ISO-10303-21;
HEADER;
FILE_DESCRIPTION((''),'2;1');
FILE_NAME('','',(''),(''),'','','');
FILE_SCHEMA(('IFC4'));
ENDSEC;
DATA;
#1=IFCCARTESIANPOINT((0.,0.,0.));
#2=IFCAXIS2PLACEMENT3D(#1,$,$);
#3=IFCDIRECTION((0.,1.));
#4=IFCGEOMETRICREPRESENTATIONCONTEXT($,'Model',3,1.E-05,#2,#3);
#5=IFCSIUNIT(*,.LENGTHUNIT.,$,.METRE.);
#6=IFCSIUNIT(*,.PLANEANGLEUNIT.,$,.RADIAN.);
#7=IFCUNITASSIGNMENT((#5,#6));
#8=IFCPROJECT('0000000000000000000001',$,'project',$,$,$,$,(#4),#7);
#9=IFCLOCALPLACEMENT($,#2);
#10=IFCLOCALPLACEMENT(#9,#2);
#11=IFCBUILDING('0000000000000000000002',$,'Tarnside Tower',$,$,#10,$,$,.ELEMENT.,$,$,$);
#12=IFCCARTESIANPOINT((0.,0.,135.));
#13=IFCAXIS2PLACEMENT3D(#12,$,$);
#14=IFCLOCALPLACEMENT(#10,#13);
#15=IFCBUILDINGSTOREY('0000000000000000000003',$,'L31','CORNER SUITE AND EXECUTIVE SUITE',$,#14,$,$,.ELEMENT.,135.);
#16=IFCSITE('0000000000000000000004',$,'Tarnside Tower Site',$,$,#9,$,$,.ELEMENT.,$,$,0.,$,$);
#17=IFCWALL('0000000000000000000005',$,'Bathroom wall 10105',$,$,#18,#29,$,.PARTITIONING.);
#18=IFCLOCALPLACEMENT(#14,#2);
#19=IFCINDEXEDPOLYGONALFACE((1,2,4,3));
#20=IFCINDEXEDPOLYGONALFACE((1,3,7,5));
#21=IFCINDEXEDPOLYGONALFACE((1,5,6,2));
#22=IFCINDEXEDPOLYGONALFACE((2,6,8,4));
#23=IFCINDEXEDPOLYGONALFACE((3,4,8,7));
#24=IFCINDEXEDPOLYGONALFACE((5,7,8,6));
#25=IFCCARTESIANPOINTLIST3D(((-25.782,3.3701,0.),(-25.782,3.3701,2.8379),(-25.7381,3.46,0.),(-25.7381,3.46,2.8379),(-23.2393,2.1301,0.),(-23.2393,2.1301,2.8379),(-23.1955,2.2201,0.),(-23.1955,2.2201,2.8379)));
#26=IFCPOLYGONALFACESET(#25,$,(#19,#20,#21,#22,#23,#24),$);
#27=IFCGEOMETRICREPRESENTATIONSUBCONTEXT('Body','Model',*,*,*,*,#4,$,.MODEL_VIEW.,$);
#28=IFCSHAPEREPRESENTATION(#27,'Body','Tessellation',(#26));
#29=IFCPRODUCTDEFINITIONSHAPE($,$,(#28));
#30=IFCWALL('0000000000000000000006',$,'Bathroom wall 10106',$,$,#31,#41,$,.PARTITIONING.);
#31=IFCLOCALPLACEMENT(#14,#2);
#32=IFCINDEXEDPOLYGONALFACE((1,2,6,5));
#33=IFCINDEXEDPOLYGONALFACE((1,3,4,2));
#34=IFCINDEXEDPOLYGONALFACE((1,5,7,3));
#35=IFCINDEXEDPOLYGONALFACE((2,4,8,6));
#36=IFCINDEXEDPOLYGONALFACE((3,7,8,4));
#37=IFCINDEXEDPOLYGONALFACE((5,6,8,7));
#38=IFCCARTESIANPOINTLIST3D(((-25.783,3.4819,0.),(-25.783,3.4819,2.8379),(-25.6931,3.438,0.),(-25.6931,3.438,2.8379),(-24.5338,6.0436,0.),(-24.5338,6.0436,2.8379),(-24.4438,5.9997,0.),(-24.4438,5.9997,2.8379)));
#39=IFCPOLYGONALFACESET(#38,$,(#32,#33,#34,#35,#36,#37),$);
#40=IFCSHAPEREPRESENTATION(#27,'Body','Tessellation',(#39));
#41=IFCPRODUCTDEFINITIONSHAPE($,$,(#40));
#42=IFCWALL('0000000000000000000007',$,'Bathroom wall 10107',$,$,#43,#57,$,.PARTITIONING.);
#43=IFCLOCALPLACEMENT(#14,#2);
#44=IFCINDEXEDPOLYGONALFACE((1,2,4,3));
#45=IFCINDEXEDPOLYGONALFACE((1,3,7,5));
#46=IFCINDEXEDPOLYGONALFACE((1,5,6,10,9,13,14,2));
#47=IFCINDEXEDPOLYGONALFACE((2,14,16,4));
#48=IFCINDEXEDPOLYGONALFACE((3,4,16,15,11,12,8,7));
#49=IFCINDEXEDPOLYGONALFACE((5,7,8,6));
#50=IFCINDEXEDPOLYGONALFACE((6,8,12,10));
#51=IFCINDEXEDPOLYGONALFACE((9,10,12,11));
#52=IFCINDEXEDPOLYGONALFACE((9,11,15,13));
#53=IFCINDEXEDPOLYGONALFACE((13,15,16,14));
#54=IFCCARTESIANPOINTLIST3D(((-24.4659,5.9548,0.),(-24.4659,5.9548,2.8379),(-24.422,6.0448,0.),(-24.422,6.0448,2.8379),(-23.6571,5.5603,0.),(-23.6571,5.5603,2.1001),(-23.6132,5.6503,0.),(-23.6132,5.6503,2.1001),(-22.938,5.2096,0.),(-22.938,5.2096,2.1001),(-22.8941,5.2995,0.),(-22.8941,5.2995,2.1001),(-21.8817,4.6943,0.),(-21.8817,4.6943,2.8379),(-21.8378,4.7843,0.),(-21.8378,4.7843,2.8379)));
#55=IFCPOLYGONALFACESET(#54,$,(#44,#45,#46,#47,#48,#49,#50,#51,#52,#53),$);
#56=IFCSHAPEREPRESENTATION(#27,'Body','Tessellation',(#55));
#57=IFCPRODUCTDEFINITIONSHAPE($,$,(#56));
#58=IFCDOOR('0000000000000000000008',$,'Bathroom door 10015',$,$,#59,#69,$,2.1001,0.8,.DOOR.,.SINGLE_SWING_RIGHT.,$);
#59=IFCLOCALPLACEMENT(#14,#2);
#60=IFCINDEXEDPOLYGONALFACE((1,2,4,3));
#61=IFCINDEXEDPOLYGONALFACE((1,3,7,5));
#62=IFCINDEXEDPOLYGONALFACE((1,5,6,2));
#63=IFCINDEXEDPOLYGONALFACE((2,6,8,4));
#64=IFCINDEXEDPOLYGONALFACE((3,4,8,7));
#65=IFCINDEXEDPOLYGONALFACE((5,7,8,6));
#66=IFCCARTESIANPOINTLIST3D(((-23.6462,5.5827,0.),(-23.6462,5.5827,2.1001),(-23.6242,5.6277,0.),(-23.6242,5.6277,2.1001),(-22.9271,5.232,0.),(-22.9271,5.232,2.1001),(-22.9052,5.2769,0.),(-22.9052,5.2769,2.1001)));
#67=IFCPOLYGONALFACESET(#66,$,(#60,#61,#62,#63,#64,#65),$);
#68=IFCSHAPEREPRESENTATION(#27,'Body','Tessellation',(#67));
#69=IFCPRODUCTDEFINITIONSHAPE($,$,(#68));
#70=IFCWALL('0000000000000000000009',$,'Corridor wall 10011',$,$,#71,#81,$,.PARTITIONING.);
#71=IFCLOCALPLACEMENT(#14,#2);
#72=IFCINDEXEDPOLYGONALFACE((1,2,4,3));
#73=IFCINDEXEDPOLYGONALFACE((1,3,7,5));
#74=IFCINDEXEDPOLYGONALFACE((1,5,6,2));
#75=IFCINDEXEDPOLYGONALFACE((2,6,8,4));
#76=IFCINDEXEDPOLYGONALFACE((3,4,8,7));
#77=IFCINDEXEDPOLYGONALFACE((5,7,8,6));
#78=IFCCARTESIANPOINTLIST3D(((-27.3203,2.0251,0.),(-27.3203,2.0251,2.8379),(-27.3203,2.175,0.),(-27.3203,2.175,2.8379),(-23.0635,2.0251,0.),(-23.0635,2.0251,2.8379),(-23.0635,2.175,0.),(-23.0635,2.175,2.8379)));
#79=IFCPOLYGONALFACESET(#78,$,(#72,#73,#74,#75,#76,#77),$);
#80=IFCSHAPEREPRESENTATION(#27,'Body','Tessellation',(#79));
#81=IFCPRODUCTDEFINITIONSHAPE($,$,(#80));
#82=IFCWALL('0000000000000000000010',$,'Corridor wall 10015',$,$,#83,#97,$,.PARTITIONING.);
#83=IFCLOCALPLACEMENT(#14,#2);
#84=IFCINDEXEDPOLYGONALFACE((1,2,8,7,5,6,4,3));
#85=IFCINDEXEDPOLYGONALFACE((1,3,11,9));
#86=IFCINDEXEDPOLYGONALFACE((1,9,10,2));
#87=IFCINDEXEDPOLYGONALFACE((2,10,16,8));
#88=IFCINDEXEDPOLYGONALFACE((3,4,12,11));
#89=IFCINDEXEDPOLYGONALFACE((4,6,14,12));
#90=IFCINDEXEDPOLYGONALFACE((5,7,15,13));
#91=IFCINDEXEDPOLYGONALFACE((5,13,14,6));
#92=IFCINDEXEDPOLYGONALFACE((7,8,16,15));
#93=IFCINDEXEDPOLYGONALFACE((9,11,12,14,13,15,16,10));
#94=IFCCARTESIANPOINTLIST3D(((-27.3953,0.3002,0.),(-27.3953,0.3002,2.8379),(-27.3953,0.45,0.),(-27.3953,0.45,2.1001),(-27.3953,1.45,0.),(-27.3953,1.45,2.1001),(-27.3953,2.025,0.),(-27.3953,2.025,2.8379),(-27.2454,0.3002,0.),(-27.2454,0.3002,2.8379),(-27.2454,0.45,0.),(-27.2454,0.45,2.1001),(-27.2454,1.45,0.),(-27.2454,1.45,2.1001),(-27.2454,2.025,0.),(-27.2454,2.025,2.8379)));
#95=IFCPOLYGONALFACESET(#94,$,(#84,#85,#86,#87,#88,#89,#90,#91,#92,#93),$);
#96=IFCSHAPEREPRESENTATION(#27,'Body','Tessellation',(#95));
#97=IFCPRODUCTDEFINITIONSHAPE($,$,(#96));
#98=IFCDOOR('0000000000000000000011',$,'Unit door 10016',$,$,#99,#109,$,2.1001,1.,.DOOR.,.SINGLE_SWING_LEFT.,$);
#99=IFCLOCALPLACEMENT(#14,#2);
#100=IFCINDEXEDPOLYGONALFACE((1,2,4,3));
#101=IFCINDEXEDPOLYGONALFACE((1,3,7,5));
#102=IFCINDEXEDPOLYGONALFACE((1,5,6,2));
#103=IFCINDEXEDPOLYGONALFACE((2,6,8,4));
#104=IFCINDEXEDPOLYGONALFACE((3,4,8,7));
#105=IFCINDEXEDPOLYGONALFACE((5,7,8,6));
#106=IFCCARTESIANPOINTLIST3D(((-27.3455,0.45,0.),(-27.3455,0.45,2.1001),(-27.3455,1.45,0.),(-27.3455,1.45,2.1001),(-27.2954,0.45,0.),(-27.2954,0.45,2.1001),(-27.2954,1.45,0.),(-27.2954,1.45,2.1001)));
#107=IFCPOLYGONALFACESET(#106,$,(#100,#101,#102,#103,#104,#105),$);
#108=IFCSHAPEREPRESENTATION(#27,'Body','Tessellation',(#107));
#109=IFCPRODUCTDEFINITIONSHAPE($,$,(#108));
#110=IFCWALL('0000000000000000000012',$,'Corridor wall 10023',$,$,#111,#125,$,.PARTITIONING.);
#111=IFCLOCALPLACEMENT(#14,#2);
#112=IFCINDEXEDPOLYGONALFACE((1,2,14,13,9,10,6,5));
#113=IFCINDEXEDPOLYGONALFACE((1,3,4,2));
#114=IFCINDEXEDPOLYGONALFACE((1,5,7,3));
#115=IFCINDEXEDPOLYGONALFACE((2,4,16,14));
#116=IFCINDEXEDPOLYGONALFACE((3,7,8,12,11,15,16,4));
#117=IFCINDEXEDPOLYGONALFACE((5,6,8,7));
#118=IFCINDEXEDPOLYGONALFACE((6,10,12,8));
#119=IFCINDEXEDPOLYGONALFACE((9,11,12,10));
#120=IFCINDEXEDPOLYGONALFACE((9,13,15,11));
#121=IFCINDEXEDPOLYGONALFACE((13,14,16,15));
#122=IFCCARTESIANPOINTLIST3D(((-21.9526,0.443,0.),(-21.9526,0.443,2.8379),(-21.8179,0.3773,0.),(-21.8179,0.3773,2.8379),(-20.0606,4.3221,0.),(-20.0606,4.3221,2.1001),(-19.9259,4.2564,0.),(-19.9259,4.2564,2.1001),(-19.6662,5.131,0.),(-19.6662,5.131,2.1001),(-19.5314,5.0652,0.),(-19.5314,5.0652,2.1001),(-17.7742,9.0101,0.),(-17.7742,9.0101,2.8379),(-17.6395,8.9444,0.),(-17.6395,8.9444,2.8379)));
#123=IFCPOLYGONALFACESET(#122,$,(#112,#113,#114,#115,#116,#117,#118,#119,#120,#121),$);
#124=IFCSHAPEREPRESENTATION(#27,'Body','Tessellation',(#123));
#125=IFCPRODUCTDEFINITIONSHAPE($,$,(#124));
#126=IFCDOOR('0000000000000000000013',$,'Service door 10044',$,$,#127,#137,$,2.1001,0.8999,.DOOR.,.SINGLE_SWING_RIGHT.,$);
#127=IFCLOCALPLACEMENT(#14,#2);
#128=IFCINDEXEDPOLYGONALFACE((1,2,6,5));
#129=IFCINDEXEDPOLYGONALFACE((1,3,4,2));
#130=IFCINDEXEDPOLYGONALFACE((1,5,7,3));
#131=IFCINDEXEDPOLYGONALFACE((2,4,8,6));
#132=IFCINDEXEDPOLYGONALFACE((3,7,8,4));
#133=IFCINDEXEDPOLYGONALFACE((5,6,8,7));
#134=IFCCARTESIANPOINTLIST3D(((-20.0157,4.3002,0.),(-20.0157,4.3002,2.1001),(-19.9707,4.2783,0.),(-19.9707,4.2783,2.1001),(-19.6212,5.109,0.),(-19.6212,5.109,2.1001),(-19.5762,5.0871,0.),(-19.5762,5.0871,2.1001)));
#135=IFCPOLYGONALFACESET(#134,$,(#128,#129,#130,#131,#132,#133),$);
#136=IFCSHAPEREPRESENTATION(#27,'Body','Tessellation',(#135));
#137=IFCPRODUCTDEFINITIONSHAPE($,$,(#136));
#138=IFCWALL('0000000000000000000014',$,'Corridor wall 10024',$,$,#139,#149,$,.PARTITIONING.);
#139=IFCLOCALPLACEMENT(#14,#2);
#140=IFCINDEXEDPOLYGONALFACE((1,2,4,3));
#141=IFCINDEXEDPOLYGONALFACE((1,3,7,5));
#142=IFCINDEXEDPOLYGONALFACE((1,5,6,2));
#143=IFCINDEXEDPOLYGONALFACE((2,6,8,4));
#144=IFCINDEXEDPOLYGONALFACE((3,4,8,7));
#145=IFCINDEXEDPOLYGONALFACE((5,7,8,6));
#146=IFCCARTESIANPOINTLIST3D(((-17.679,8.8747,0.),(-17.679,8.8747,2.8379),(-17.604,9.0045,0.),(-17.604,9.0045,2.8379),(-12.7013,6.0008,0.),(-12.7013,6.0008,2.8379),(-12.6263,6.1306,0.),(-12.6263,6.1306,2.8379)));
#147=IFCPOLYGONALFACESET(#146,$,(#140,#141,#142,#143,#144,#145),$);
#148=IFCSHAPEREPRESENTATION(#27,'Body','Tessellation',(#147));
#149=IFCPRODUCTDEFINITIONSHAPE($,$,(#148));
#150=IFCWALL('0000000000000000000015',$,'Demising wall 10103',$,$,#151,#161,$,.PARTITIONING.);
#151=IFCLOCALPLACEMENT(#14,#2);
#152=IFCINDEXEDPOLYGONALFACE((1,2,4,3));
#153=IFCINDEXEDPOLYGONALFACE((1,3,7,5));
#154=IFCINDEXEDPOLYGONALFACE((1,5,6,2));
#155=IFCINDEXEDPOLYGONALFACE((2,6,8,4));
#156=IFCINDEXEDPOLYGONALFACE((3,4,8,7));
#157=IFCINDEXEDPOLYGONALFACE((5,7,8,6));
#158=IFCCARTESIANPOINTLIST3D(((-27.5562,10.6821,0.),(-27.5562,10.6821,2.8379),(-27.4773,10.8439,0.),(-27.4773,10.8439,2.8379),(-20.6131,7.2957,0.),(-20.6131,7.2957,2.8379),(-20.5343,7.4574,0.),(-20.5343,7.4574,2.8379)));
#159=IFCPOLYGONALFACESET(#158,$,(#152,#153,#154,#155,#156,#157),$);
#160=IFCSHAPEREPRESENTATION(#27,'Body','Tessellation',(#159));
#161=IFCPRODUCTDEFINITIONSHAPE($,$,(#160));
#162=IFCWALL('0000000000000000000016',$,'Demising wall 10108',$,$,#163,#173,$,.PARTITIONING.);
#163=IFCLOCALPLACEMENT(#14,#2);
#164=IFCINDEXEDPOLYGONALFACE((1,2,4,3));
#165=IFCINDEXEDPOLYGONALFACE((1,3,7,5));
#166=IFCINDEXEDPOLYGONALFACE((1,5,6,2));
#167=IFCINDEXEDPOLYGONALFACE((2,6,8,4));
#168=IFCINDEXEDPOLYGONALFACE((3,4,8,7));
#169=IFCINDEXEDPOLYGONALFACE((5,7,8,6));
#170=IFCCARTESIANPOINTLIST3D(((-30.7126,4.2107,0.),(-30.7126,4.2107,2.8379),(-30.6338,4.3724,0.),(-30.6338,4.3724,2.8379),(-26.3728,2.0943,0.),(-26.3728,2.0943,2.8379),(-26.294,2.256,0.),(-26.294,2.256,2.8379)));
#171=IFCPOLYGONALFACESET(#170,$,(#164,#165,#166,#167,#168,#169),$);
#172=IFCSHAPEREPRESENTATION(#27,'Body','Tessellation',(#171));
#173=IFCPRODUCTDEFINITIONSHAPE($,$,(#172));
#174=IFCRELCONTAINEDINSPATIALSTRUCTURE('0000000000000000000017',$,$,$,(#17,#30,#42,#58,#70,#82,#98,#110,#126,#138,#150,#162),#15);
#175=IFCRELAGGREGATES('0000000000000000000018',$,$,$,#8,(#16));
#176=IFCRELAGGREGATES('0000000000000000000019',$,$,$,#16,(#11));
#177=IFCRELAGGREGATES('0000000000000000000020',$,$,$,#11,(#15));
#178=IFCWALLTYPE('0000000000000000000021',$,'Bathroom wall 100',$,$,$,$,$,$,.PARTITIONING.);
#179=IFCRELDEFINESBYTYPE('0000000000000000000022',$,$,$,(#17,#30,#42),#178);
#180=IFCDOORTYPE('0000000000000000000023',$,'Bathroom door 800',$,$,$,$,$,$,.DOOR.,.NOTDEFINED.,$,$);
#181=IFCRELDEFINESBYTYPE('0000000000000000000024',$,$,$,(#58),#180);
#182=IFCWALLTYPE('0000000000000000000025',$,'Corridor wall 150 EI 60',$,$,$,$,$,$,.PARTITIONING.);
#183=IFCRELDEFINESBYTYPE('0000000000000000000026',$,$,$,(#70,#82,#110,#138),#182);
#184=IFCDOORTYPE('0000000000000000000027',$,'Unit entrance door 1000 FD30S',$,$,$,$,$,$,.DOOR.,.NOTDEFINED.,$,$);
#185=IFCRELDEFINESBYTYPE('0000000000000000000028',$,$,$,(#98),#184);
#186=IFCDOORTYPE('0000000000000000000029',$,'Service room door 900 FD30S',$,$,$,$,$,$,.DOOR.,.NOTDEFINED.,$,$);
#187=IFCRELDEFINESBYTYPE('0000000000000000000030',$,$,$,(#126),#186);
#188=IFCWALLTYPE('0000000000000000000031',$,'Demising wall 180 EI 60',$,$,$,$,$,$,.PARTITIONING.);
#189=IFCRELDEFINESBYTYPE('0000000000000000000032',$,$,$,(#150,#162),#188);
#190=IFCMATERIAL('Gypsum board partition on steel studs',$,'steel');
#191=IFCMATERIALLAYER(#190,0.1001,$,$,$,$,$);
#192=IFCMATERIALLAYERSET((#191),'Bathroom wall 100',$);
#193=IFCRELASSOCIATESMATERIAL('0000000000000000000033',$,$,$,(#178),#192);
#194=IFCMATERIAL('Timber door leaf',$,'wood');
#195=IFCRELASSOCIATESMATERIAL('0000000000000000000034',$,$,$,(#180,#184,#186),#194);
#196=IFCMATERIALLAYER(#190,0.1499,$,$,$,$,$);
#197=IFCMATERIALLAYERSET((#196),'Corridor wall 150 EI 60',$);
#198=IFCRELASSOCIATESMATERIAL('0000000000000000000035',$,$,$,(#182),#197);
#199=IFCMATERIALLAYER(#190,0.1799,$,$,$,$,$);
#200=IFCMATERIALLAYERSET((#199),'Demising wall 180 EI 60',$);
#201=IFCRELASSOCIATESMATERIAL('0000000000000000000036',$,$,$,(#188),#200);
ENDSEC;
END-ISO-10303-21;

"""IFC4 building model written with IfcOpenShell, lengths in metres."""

from ifc_helpers import new_model, si_unit, direction, frame, frame_2d, origin, place, context, subcontext, project, spatial, rectangle, extrude, material, layer, layer_set, type_object, element, fill, save


model = new_model("IFC4")

# Units and contexts
model_context = context("Model", 3, precision=1e-05, world=origin(), true_north=direction((0.0, 1.0)))
body_context = subcontext(model_context, "Body", "Model", "MODEL_VIEW")
ifc_project = project(units=[si_unit("LENGTHUNIT", "METRE"), si_unit("PLANEANGLEUNIT", "RADIAN")], contexts=[model_context])

# Site, building, storey
site_placement = place(None, origin())
site = spatial("IfcSite", under=ifc_project, at=site_placement, Name="Tarnside Tower Site", CompositionType="ELEMENT", RefElevation=0.0)
building_placement = place(site_placement, origin())
building = spatial("IfcBuilding", under=site, at=building_placement, Name="Tarnside Tower", CompositionType="ELEMENT")
storey_placement = place(building_placement, frame((0.0, 0.0, 135.0)))
storey = spatial("IfcBuildingStorey", under=building, at=storey_placement, Name="L31", Description="CORNER SUITE AND EXECUTIVE SUITE", CompositionType="ELEMENT", Elevation=135.0)

# Walls
ifc_material_1 = material(Name="Gypsum board partition on steel studs", Category="steel")
ifc_layer_1 = layer(ifc_material_1, 0.1001)
ifc_layer_set_1 = layer_set([ifc_layer_1], Name="Bathroom wall 100")
wall_type_1 = type_object("IfcWallType", Name="Bathroom wall 100", PredefinedType="PARTITIONING", material=ifc_layer_set_1)
wall_1_placement = place(storey_placement, frame((-23.2173, 2.175, 0.0), z_axis=(0.0, 0.0, 1.0), x_axis=(-0.898819, 0.43832, 0.0)))
element("IfcWall", 1, at=wall_1_placement, inside=storey, type_object=wall_type_1, Name="Bathroom wall 10105", PredefinedType="PARTITIONING", context=body_context, shape_type="SweptSolid", body=[
    extrude(rectangle(XDim=2.8289, YDim=0.1001, at=frame_2d((1.4146, 0.0))), origin(), (0.0, 0.0, 1.0), 2.8379),
])
wall_2_placement = place(storey_placement, frame((-25.738, 3.46, 0.0), z_axis=(0.0, 0.0, 1.0), x_axis=(0.438317, 0.89882, 0.0)))
element("IfcWall", 2, at=wall_2_placement, inside=storey, type_object=wall_type_1, Name="Bathroom wall 10106", PredefinedType="PARTITIONING", context=body_context, shape_type="SweptSolid", body=[
    extrude(rectangle(XDim=2.8501, YDim=0.1001, at=frame_2d((1.425, 0.0))), origin(), (0.0, 0.0, 1.0), 2.8379),
])

# Wall, opening, door
wall_3_placement = place(storey_placement, frame((-24.4438, 5.9998, 0.0), z_axis=(0.0, 0.0, 1.0), x_axis=(0.898782, -0.438395, 0.0)))
wall_3 = element("IfcWall", 3, at=wall_3_placement, inside=storey, type_object=wall_type_1, Name="Bathroom wall 10107", PredefinedType="PARTITIONING", context=body_context, shape_type="SweptSolid", body=[
    extrude(rectangle(XDim=2.8752, YDim=0.1001, at=frame_2d((1.4375, 0.0))), origin(), (0.0, 0.0, 1.0), 2.8379),
])
opening_1_placement = place(wall_3_placement, frame((0.8999, 0.0, 0.0)))
opening_1 = element("IfcOpeningElement", 4, at=opening_1_placement, cuts=wall_3, PredefinedType="OPENING", context=body_context, shape_type="SweptSolid", body=[
    extrude(rectangle(XDim=0.8, YDim=2.1001, at=frame_2d((0.3999, 1.05))), frame((0.0, 0.0601, 0.0), z_axis=(0.0, -1.0, 0.0), x_axis=(1.0, 0.0, 0.0)), (0.0, 0.0, 1.0), 0.1201),
])
ifc_material_2 = material(Name="Timber door leaf", Category="wood")
door_type_1 = type_object("IfcDoorType", Name="Bathroom door 800", OperationType="NOTDEFINED", PredefinedType="DOOR", material=ifc_material_2)
door_1_placement = place(opening_1_placement, origin())
door_1 = element("IfcDoor", 5, at=door_1_placement, inside=storey, type_object=door_type_1, Name="Bathroom door 10015", OperationType="SINGLE_SWING_RIGHT", OverallHeight=2.1001, OverallWidth=0.8, PredefinedType="DOOR", context=body_context, shape_type="SweptSolid", body=[
    extrude(rectangle(XDim=0.8, YDim=2.1001, at=frame_2d((0.3999, 1.05))), frame((0.0, 0.0249, 0.0), z_axis=(0.0, -1.0, 0.0), x_axis=(1.0, 0.0, 0.0)), (0.0, 0.0, 1.0), 0.05),
])
fill(opening_1, door_1)

# Wall
ifc_layer_2 = layer(ifc_material_1, 0.1499)
ifc_layer_set_2 = layer_set([ifc_layer_2], Name="Corridor wall 150 EI 60")
wall_type_2 = type_object("IfcWallType", Name="Corridor wall 150 EI 60", PredefinedType="PARTITIONING", material=ifc_layer_set_2)
wall_4_placement = place(storey_placement, frame((-23.0635, 2.1001, 0.0), z_axis=(0.0, 0.0, 1.0), x_axis=(-1.0, 0.0, 0.0)))
element("IfcWall", 6, at=wall_4_placement, inside=storey, type_object=wall_type_2, Name="Corridor wall 10011", PredefinedType="PARTITIONING", context=body_context, shape_type="SweptSolid", body=[
    extrude(rectangle(XDim=4.2568, YDim=0.1499, at=frame_2d((2.1284, 0.0))), origin(), (0.0, 0.0, 1.0), 2.8379),
])

# Walls, openings, doors
wall_5_placement = place(storey_placement, frame((-27.3203, 2.0249, 0.0), z_axis=(0.0, 0.0, 1.0), x_axis=(0.0, -1.0, 0.0)))
wall_5 = element("IfcWall", 7, at=wall_5_placement, inside=storey, type_object=wall_type_2, Name="Corridor wall 10015", PredefinedType="PARTITIONING", context=body_context, shape_type="SweptSolid", body=[
    extrude(rectangle(XDim=1.7249, YDim=0.1499, at=frame_2d((0.8623, 0.0))), origin(), (0.0, 0.0, 1.0), 2.8379),
])
opening_2_placement = place(wall_5_placement, frame((0.575, 0.0, 0.0)))
opening_2 = element("IfcOpeningElement", 8, at=opening_2_placement, cuts=wall_5, PredefinedType="OPENING", context=body_context, shape_type="SweptSolid", body=[
    extrude(rectangle(XDim=1.0, YDim=2.1001, at=frame_2d((0.5, 1.05))), frame((0.0, 0.085, 0.0), z_axis=(0.0, -1.0, 0.0), x_axis=(1.0, 0.0, 0.0)), (0.0, 0.0, 1.0), 0.1699),
])
door_type_2 = type_object("IfcDoorType", Name="Unit entrance door 1000 FD30S", OperationType="NOTDEFINED", PredefinedType="DOOR", material=ifc_material_2)
door_2_placement = place(opening_2_placement, origin())
door_2 = element("IfcDoor", 9, at=door_2_placement, inside=storey, type_object=door_type_2, Name="Unit door 10016", OperationType="SINGLE_SWING_LEFT", OverallHeight=2.1001, OverallWidth=1.0, PredefinedType="DOOR", context=body_context, shape_type="SweptSolid", body=[
    extrude(rectangle(XDim=1.0, YDim=2.1001, at=frame_2d((0.5, 1.05))), frame((0.0, 0.0249, 0.0), z_axis=(0.0, -1.0, 0.0), x_axis=(1.0, 0.0, 0.0)), (0.0, 0.0, 1.0), 0.05),
])
fill(opening_2, door_2)
wall_6_placement = place(storey_placement, frame((-21.8853, 0.4102, 0.0), z_axis=(0.0, 0.0, 1.0), x_axis=(0.438371, 0.898794, 0.0)))
wall_6 = element("IfcWall", 10, at=wall_6_placement, inside=storey, type_object=wall_type_2, Name="Corridor wall 10023", PredefinedType="PARTITIONING", context=body_context, shape_type="SweptSolid", body=[
    extrude(rectangle(XDim=9.5317, YDim=0.1499, at=frame_2d((4.7659, 0.0))), origin(), (0.0, 0.0, 1.0), 2.8379),
])
opening_3_placement = place(wall_6_placement, frame((4.3159, 0.0, 0.0)))
opening_3 = element("IfcOpeningElement", 11, at=opening_3_placement, cuts=wall_6, PredefinedType="OPENING", context=body_context, shape_type="SweptSolid", body=[
    extrude(rectangle(XDim=0.8999, YDim=2.1001, at=frame_2d((0.45, 1.05))), frame((0.0, 0.085, 0.0), z_axis=(0.0, -1.0, 0.0), x_axis=(1.0, 0.0, 0.0)), (0.0, 0.0, 1.0), 0.1699),
])
door_type_3 = type_object("IfcDoorType", Name="Service room door 900 FD30S", OperationType="NOTDEFINED", PredefinedType="DOOR", material=ifc_material_2)
door_3_placement = place(opening_3_placement, origin())
door_3 = element("IfcDoor", 12, at=door_3_placement, inside=storey, type_object=door_type_3, Name="Service door 10044", OperationType="SINGLE_SWING_RIGHT", OverallHeight=2.1001, OverallWidth=0.8999, PredefinedType="DOOR", context=body_context, shape_type="SweptSolid", body=[
    extrude(rectangle(XDim=0.8999, YDim=2.1001, at=frame_2d((0.45, 1.05))), frame((0.0, 0.0249, 0.0), z_axis=(0.0, -1.0, 0.0), x_axis=(1.0, 0.0, 0.0)), (0.0, 0.0, 1.0), 0.05),
])
fill(opening_3, door_3)

# Walls
wall_7_placement = place(storey_placement, frame((-17.6416, 8.9397, 0.0), z_axis=(0.0, 0.0, 1.0), x_axis=(0.866018, -0.500013, 0.0)))
element("IfcWall", 13, at=wall_7_placement, inside=storey, type_object=wall_type_2, Name="Corridor wall 10024", PredefinedType="PARTITIONING", context=body_context, shape_type="SweptSolid", body=[
    extrude(rectangle(XDim=5.7478, YDim=0.1499, at=frame_2d((2.874, 0.0))), origin(), (0.0, 0.0, 1.0), 2.8379),
])
ifc_layer_3 = layer(ifc_material_1, 0.1799)
ifc_layer_set_3 = layer_set([ifc_layer_3], Name="Demising wall 180 EI 60")
wall_type_3 = type_object("IfcWallType", Name="Demising wall 180 EI 60", PredefinedType="PARTITIONING", material=ifc_layer_set_3)
wall_8_placement = place(storey_placement, frame((-27.5166, 10.7629, 0.0), z_axis=(0.0, 0.0, 1.0), x_axis=(0.898789, -0.438381, 0.0)))
element("IfcWall", 14, at=wall_8_placement, inside=storey, type_object=wall_type_3, Name="Demising wall 10103", PredefinedType="PARTITIONING", context=body_context, shape_type="SweptSolid", body=[
    extrude(rectangle(XDim=7.7249, YDim=0.1799, at=frame_2d((3.8623, 0.0))), origin(), (0.0, 0.0, 1.0), 2.8379),
])
wall_9_placement = place(storey_placement, frame((-30.6731, 4.2915, 0.0), z_axis=(0.0, 0.0, 1.0), x_axis=(0.898813, -0.438333, 0.0)))
element("IfcWall", 15, at=wall_9_placement, inside=storey, type_object=wall_type_3, Name="Demising wall 10108", PredefinedType="PARTITIONING", context=body_context, shape_type="SweptSolid", body=[
    extrude(rectangle(XDim=4.8284, YDim=0.1799, at=frame_2d((2.4141, 0.0))), origin(), (0.0, 0.0, 1.0), 2.8379),
])

save(model, "model.ifc")
